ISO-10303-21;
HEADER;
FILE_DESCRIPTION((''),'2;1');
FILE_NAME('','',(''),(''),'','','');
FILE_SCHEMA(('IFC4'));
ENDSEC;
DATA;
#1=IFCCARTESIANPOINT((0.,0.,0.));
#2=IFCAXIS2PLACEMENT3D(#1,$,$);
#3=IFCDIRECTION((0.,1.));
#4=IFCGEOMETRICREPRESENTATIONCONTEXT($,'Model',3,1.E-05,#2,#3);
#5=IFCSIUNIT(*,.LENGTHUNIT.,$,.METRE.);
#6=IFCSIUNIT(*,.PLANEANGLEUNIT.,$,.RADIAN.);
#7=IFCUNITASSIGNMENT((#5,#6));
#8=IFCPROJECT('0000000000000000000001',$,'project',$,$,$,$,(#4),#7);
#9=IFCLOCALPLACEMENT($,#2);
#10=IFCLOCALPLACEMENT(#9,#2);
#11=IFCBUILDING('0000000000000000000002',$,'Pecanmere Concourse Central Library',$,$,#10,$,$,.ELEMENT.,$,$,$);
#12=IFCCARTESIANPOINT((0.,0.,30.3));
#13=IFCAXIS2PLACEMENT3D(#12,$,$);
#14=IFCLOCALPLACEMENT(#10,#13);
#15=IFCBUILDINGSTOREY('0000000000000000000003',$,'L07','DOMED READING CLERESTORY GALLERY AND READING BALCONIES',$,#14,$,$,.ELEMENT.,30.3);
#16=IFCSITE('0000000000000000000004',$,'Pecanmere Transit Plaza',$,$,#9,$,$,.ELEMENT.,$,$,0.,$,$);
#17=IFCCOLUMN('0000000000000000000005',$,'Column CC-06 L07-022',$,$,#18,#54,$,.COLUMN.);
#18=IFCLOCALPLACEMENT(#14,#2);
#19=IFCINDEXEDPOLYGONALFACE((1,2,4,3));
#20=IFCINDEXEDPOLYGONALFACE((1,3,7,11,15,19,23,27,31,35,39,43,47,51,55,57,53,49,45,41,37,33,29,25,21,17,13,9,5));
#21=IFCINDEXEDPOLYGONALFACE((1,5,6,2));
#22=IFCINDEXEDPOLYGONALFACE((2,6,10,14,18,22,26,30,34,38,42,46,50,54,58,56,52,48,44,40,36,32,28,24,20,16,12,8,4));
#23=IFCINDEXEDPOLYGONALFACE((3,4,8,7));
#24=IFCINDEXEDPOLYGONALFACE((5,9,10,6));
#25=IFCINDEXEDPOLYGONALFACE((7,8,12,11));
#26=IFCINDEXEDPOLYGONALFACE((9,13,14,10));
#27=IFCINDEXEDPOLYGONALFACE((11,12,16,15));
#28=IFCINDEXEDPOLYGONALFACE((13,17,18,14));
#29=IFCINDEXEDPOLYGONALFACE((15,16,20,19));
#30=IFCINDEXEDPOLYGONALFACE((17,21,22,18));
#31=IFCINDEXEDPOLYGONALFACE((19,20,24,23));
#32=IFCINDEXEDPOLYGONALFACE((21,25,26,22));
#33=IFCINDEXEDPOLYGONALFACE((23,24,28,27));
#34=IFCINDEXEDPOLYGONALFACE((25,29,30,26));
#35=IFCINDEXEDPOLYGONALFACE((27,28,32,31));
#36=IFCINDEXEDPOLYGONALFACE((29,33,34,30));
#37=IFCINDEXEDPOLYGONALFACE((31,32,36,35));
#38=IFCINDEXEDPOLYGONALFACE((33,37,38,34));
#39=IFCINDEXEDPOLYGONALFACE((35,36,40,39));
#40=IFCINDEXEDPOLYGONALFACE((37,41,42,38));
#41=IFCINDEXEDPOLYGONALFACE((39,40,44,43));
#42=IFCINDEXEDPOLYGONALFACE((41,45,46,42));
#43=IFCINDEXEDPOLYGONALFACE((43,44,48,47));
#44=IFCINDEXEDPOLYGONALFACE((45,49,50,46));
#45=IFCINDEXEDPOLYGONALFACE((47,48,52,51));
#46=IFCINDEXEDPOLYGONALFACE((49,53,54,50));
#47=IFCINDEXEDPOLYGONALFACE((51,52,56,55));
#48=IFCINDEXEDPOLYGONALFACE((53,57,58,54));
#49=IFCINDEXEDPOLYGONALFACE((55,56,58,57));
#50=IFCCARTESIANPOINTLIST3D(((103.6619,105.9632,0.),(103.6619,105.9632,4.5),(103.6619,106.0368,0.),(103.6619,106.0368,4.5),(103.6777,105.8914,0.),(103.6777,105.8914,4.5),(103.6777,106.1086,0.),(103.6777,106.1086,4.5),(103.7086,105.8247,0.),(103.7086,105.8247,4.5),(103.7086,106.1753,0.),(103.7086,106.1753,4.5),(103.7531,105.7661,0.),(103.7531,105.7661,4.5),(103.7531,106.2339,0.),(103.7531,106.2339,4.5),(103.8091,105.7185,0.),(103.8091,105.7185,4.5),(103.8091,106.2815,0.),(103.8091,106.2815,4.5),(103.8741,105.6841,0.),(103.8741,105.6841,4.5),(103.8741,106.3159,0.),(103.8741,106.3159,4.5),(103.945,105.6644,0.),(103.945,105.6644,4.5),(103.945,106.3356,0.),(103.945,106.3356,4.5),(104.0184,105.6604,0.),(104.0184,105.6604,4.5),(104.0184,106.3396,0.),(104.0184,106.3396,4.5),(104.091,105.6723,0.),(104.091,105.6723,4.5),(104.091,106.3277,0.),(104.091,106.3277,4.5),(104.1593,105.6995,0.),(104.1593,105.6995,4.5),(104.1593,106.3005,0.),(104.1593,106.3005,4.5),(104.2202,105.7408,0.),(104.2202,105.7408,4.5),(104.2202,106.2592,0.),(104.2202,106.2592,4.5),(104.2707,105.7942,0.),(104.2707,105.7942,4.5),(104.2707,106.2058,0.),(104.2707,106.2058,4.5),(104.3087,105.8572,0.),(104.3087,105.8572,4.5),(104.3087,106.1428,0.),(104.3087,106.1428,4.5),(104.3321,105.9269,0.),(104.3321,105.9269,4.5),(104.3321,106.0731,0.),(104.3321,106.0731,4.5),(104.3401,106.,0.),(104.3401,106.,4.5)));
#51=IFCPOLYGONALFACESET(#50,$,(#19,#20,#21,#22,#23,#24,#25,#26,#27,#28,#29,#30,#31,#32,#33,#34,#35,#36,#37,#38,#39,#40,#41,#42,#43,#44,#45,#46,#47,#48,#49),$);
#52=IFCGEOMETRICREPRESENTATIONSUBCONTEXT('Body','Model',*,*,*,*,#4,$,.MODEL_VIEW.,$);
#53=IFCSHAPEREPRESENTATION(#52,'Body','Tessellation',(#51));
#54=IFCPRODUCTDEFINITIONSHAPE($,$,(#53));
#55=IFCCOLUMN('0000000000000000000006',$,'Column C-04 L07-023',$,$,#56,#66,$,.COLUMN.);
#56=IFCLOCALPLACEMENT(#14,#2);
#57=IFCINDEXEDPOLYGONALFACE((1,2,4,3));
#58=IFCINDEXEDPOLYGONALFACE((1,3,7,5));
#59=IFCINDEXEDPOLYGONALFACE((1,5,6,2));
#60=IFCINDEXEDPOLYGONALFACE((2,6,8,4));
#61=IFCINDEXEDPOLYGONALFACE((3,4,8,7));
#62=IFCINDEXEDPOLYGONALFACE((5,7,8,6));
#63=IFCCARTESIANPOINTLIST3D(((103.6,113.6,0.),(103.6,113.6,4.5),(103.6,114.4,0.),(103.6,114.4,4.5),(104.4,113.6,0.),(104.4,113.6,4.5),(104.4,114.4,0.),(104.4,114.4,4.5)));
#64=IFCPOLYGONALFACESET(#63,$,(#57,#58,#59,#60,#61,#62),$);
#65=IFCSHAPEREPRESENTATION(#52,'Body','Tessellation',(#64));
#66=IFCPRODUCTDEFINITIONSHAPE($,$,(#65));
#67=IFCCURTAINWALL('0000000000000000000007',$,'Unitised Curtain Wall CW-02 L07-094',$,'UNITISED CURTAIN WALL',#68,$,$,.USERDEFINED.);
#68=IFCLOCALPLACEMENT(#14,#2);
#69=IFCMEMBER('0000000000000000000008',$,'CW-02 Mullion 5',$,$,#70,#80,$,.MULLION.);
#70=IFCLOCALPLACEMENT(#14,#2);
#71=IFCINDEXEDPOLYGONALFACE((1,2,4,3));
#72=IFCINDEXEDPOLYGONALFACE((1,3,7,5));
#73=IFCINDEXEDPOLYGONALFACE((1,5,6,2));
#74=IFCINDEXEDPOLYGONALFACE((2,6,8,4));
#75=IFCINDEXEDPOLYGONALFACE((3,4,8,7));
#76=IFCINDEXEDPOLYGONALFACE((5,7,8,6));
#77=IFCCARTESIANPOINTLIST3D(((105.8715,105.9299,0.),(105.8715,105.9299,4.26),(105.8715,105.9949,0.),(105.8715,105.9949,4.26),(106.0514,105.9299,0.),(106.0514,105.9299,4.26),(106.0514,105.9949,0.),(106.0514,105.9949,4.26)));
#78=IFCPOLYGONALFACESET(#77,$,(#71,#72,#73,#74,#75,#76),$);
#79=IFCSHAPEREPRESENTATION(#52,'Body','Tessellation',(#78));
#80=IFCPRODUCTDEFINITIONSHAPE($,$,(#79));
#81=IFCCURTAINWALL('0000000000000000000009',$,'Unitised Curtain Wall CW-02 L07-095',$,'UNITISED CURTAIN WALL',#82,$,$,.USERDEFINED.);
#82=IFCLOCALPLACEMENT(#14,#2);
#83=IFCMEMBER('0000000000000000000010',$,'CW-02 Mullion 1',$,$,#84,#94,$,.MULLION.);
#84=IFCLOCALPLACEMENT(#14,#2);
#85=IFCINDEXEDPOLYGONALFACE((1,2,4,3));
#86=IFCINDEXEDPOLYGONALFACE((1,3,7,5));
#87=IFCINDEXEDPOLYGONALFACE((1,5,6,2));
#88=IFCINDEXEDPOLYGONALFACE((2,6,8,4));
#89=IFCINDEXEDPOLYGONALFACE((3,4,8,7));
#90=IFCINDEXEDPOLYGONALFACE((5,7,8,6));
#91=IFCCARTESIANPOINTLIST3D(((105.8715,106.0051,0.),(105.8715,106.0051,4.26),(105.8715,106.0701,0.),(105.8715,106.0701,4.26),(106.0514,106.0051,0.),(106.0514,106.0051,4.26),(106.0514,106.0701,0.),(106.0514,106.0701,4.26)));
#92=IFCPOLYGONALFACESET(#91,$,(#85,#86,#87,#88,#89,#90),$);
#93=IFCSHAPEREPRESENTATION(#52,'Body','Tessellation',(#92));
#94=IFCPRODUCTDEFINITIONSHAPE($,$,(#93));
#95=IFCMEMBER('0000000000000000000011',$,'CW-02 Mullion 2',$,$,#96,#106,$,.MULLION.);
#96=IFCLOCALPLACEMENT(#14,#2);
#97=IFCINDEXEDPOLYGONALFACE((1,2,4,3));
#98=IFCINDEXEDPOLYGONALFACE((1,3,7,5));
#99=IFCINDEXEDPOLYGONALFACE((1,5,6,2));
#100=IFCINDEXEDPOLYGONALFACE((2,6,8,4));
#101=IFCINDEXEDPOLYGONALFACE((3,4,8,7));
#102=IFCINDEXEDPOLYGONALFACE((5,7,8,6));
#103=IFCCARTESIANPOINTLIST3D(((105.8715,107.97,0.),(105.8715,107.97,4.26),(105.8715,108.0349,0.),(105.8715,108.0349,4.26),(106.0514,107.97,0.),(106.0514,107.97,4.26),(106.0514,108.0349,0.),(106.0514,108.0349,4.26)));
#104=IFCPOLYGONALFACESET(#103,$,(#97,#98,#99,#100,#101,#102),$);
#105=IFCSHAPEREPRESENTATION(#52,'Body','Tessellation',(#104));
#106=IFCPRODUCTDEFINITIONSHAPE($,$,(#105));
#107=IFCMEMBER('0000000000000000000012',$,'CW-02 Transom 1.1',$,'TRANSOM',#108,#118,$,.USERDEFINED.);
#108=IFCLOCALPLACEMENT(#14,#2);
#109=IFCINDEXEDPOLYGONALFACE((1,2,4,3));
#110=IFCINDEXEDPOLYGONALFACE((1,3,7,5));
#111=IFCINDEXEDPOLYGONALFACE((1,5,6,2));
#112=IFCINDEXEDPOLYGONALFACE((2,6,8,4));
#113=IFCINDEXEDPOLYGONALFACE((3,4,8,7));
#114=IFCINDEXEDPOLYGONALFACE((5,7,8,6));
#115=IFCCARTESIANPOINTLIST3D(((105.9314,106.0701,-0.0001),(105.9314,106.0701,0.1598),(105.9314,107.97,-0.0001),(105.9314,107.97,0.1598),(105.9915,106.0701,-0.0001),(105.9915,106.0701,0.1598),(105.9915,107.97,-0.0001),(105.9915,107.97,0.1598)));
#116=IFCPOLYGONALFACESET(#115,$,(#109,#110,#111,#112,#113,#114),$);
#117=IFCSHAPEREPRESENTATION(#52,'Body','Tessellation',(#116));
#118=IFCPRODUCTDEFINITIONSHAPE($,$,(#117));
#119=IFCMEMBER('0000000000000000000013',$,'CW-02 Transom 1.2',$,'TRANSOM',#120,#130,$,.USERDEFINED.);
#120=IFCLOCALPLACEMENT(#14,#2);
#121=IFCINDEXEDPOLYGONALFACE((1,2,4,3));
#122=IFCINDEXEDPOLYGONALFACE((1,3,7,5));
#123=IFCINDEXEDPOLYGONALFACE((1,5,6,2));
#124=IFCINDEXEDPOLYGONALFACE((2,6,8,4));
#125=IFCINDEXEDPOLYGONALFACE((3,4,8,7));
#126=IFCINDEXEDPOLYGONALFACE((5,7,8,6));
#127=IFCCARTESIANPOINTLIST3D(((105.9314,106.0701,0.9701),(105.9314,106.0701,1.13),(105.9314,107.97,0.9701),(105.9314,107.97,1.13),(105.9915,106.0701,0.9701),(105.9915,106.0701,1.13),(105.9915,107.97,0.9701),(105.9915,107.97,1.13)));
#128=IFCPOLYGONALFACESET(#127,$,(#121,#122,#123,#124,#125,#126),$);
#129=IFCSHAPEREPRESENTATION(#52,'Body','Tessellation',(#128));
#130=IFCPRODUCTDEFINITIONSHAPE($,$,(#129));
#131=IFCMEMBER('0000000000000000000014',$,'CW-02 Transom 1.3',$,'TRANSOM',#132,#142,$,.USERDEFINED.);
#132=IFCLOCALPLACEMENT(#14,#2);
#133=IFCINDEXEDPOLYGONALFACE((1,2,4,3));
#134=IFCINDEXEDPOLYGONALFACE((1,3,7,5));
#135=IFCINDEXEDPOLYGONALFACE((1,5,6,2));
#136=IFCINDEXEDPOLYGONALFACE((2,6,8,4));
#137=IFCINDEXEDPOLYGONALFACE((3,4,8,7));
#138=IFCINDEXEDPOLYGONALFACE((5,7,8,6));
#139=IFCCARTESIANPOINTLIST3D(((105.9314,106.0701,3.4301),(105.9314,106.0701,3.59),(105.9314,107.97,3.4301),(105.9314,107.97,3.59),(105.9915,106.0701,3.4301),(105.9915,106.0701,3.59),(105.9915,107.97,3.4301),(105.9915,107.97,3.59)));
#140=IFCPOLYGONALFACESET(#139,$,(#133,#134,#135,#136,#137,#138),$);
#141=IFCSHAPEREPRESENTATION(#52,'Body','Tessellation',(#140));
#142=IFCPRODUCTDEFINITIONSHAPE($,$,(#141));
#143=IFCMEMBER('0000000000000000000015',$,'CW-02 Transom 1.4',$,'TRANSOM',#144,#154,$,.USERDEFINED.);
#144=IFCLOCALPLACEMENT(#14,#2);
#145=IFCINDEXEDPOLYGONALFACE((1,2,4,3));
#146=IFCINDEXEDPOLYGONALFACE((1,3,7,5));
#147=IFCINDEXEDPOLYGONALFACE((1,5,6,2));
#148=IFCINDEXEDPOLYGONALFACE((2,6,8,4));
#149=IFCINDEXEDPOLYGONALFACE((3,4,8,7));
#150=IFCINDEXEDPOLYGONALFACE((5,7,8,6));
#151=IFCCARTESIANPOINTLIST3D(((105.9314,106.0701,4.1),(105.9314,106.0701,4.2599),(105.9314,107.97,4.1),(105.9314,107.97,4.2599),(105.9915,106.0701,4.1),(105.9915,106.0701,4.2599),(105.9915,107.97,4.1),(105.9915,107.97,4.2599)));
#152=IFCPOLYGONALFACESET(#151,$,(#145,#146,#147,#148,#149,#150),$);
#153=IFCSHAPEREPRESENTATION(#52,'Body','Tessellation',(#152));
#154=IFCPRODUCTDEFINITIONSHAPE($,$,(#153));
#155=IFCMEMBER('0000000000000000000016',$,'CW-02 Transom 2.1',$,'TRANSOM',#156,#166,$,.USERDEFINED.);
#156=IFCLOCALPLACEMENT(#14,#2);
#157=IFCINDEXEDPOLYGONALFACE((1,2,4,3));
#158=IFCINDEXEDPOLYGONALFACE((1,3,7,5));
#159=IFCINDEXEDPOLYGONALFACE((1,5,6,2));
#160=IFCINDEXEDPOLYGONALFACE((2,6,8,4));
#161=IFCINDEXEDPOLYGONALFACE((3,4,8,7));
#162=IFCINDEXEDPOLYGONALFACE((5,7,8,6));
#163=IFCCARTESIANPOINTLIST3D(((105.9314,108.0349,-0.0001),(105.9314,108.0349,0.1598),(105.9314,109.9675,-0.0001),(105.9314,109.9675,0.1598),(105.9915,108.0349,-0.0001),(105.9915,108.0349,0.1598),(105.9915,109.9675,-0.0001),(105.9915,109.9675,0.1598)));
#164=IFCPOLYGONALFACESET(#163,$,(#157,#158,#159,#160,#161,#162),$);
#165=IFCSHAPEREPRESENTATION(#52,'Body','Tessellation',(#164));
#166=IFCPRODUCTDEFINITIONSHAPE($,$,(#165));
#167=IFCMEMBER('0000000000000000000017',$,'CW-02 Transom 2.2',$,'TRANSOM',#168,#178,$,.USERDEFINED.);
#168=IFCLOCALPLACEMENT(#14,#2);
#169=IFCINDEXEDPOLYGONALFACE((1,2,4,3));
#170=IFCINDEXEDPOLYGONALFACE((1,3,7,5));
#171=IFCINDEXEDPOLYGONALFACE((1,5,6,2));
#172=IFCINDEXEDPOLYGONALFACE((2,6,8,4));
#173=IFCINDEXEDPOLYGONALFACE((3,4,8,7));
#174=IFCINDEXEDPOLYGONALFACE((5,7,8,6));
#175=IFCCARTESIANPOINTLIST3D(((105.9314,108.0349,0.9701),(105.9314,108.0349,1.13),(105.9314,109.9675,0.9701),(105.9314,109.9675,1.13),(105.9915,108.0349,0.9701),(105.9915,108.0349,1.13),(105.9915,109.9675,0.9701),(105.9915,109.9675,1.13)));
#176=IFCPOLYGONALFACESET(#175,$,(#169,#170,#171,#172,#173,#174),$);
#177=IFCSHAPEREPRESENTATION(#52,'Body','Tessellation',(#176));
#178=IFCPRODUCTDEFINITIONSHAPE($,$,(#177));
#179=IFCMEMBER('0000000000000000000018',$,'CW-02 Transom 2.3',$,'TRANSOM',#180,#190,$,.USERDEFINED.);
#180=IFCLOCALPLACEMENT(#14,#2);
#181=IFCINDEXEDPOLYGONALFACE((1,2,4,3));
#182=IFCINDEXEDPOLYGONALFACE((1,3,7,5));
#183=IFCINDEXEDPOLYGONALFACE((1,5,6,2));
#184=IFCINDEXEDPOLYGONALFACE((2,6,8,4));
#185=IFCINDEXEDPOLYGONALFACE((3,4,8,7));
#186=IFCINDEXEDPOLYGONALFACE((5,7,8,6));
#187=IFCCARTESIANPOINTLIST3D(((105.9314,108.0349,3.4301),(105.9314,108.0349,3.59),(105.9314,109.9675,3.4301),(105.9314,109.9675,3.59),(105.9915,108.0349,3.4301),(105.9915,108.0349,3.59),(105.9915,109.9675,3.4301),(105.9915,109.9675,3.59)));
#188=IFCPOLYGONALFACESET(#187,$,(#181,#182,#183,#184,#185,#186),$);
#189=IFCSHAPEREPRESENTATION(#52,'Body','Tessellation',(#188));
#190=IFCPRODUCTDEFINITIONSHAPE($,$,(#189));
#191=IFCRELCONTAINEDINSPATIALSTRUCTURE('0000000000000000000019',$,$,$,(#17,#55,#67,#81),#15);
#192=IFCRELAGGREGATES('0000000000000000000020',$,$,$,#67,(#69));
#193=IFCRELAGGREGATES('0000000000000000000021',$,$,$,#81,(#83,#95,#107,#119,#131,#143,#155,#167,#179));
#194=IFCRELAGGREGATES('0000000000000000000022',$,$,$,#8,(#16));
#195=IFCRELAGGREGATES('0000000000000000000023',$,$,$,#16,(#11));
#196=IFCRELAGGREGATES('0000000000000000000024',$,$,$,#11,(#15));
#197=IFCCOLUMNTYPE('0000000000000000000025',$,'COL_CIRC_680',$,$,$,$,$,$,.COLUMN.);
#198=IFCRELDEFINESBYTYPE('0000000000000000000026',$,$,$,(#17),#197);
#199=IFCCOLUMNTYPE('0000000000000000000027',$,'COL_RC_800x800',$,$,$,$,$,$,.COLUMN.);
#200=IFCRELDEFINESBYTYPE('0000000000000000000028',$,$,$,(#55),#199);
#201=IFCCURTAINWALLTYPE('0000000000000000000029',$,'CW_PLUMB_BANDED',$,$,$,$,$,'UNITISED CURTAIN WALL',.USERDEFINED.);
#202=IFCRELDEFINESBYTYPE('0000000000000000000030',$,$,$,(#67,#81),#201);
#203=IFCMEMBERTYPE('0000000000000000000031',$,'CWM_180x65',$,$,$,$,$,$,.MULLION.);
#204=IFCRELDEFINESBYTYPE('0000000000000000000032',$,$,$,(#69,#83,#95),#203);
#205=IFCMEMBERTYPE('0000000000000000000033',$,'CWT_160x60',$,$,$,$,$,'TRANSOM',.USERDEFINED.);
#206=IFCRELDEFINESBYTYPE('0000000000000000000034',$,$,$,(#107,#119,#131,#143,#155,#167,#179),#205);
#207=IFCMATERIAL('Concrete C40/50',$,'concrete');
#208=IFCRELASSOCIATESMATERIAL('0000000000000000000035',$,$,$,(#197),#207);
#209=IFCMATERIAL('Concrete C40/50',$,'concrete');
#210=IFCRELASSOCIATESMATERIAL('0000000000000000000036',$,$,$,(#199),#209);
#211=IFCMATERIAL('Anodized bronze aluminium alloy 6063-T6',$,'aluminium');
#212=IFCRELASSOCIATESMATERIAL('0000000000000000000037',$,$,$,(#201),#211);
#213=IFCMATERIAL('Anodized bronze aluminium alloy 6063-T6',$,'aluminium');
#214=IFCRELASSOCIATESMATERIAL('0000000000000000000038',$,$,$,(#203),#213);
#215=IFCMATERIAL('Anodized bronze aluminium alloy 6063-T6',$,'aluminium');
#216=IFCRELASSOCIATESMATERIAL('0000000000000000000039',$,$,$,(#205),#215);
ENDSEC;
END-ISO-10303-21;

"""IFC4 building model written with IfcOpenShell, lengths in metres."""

from ifc_helpers import new_model, si_unit, direction, frame, origin, origin_2d, place, context, subcontext, project, spatial, rectangle, circle, extrude, material, material_profile, profile_set, type_object, element, aggregate, save


model = new_model("IFC4")

# Units and contexts
model_context = context("Model", 3, precision=1e-05, world=origin(), true_north=direction((0.0, 1.0)))
body_context = subcontext(model_context, "Body", "Model", "MODEL_VIEW")
ifc_project = project(units=[si_unit("LENGTHUNIT", "METRE"), si_unit("PLANEANGLEUNIT", "RADIAN")], contexts=[model_context])

# Site, building, storey
site_placement = place(None, origin())
site = spatial("IfcSite", under=ifc_project, at=site_placement, Name="Pecanmere Transit Plaza", CompositionType="ELEMENT", RefElevation=0.0)
building_placement = place(site_placement, origin())
building = spatial("IfcBuilding", under=site, at=building_placement, Name="Pecanmere Concourse Central Library", CompositionType="ELEMENT")
storey_placement = place(building_placement, frame((0.0, 0.0, 30.3)))
storey = spatial("IfcBuildingStorey", under=building, at=storey_placement, Name="L07", Description="DOMED READING CLERESTORY GALLERY AND READING BALCONIES", CompositionType="ELEMENT", Elevation=30.3)

# Columns
ifc_material_1 = material(Name="Concrete C40/50", Category="concrete")
ifc_material_profile_1 = material_profile(ifc_material_1, circle(Radius=0.3401, at=origin_2d()), Name="RC D680")
ifc_profile_set_1 = profile_set([ifc_material_profile_1], Name="Concrete C40/50")
column_type_1 = type_object("IfcColumnType", Name="COL_CIRC_680", PredefinedType="COLUMN", material=ifc_profile_set_1)
column_1_placement = place(storey_placement, frame((104.0, 106.0, 0.0), z_axis=(0.0, 0.0, 1.0), x_axis=(1.0, 0.0, 0.0)))
element("IfcColumn", 1, at=column_1_placement, inside=storey, type_object=column_type_1, Name="Column CC-06 L07-022", PredefinedType="COLUMN", context=body_context, shape_type="SweptSolid", body=[
    extrude(circle(Radius=0.3401, at=origin_2d()), origin(), (0.0, 0.0, 1.0), 4.5),
])
ifc_material_2 = material(Name="Concrete C40/50", Category="concrete")
ifc_material_profile_2 = material_profile(ifc_material_2, rectangle(XDim=0.8, YDim=0.8, at=origin_2d()), Name="RC 800x800")
ifc_profile_set_2 = profile_set([ifc_material_profile_2], Name="Concrete C40/50")
column_type_2 = type_object("IfcColumnType", Name="COL_RC_800x800", PredefinedType="COLUMN", material=ifc_profile_set_2)
column_2_placement = place(storey_placement, frame((104.0, 114.0, 0.0), z_axis=(0.0, 0.0, 1.0), x_axis=(1.0, 0.0, 0.0)))
element("IfcColumn", 2, at=column_2_placement, inside=storey, type_object=column_type_2, Name="Column C-04 L07-023", PredefinedType="COLUMN", context=body_context, shape_type="SweptSolid", body=[
    extrude(rectangle(XDim=0.8, YDim=0.8, at=origin_2d()), origin(), (0.0, 0.0, 1.0), 4.5),
])

# Curtain wall, member
ifc_material_3 = material(Name="Anodized bronze aluminium alloy 6063-T6", Category="aluminium")
curtain_wall_type = type_object("IfcCurtainWallType", Name="CW_PLUMB_BANDED", ElementType="UNITISED CURTAIN WALL", PredefinedType="USERDEFINED", material=ifc_material_3)
curtain_wall_1_placement = place(storey_placement, origin())
curtain_wall_1 = element("IfcCurtainWall", 3, at=curtain_wall_1_placement, inside=storey, type_object=curtain_wall_type, Name="Unitised Curtain Wall CW-02 L07-094", ObjectType="UNITISED CURTAIN WALL", PredefinedType="USERDEFINED")
ifc_material_4 = material(Name="Anodized bronze aluminium alloy 6063-T6", Category="aluminium")
ifc_material_profile_3 = material_profile(ifc_material_4, rectangle(XDim=0.0649, YDim=0.1799, at=origin_2d()), Name="AL 65x180")
ifc_profile_set_3 = profile_set([ifc_material_profile_3], Name="Anodized bronze aluminium alloy 6063-T6")
member_type_1 = type_object("IfcMemberType", Name="CWM_180x65", PredefinedType="MULLION", material=ifc_profile_set_3)
member_1_placement = place(storey_placement, frame((105.9614, 105.9624, 0.0), z_axis=(0.0, 0.0, 1.0), x_axis=(0.0, 1.0, 0.0)))
member_1 = element("IfcMember", 4, at=member_1_placement, type_object=member_type_1, Name="CW-02 Mullion 5", PredefinedType="MULLION", context=body_context, shape_type="SweptSolid", body=[
    extrude(rectangle(XDim=0.0649, YDim=0.1799, at=origin_2d()), origin(), (0.0, 0.0, 1.0), 4.26),
])
aggregate(curtain_wall_1, [member_1])

# Curtain wall, members
curtain_wall_2_placement = place(storey_placement, origin())
curtain_wall_2 = element("IfcCurtainWall", 5, at=curtain_wall_2_placement, inside=storey, type_object=curtain_wall_type, Name="Unitised Curtain Wall CW-02 L07-095", ObjectType="UNITISED CURTAIN WALL", PredefinedType="USERDEFINED")
member_2_placement = place(storey_placement, frame((105.9614, 106.0376, 0.0), z_axis=(0.0, 0.0, 1.0), x_axis=(0.0, 1.0, 0.0)))
member_2 = element("IfcMember", 6, at=member_2_placement, type_object=member_type_1, Name="CW-02 Mullion 1", PredefinedType="MULLION", context=body_context, shape_type="SweptSolid", body=[
    extrude(rectangle(XDim=0.0649, YDim=0.1799, at=origin_2d()), origin(), (0.0, 0.0, 1.0), 4.26),
])
member_3_placement = place(storey_placement, frame((105.9614, 108.0024, 0.0), z_axis=(0.0, 0.0, 1.0), x_axis=(0.0, 1.0, 0.0)))
member_3 = element("IfcMember", 7, at=member_3_placement, type_object=member_type_1, Name="CW-02 Mullion 2", PredefinedType="MULLION", context=body_context, shape_type="SweptSolid", body=[
    extrude(rectangle(XDim=0.0649, YDim=0.1799, at=origin_2d()), origin(), (0.0, 0.0, 1.0), 4.26),
])
ifc_material_5 = material(Name="Anodized bronze aluminium alloy 6063-T6", Category="aluminium")
ifc_material_profile_4 = material_profile(ifc_material_5, rectangle(XDim=0.0601, YDim=0.1599, at=origin_2d()), Name="AL 60x160")
ifc_profile_set_4 = profile_set([ifc_material_profile_4], Name="Anodized bronze aluminium alloy 6063-T6")
member_type_2 = type_object("IfcMemberType", Name="CWT_160x60", ElementType="TRANSOM", PredefinedType="USERDEFINED", material=ifc_profile_set_4)
member_4_placement = place(storey_placement, frame((105.9614, 106.0701, 0.0798), z_axis=(0.0, 1.0, 0.0), x_axis=(-1.0, 0.0, 0.0)))
member_4 = element("IfcMember", 8, at=member_4_placement, type_object=member_type_2, Name="CW-02 Transom 1.1", ObjectType="TRANSOM", PredefinedType="USERDEFINED", context=body_context, shape_type="SweptSolid", body=[
    extrude(rectangle(XDim=0.0601, YDim=0.1599, at=origin_2d()), origin(), (0.0, 0.0, 1.0), 1.8999),
])
member_5_placement = place(storey_placement, frame((105.9614, 106.0701, 1.05), z_axis=(0.0, 1.0, 0.0), x_axis=(-1.0, 0.0, 0.0)))
member_5 = element("IfcMember", 9, at=member_5_placement, type_object=member_type_2, Name="CW-02 Transom 1.2", ObjectType="TRANSOM", PredefinedType="USERDEFINED", context=body_context, shape_type="SweptSolid", body=[
    extrude(rectangle(XDim=0.0601, YDim=0.1599, at=origin_2d()), origin(), (0.0, 0.0, 1.0), 1.8999),
])
member_6_placement = place(storey_placement, frame((105.9614, 106.0701, 3.51), z_axis=(0.0, 1.0, 0.0), x_axis=(-1.0, 0.0, 0.0)))
member_6 = element("IfcMember", 10, at=member_6_placement, type_object=member_type_2, Name="CW-02 Transom 1.3", ObjectType="TRANSOM", PredefinedType="USERDEFINED", context=body_context, shape_type="SweptSolid", body=[
    extrude(rectangle(XDim=0.0601, YDim=0.1599, at=origin_2d()), origin(), (0.0, 0.0, 1.0), 1.8999),
])
member_7_placement = place(storey_placement, frame((105.9614, 106.0701, 4.1799), z_axis=(0.0, 1.0, 0.0), x_axis=(-1.0, 0.0, 0.0)))
member_7 = element("IfcMember", 11, at=member_7_placement, type_object=member_type_2, Name="CW-02 Transom 1.4", ObjectType="TRANSOM", PredefinedType="USERDEFINED", context=body_context, shape_type="SweptSolid", body=[
    extrude(rectangle(XDim=0.0601, YDim=0.1599, at=origin_2d()), origin(), (0.0, 0.0, 1.0), 1.8999),
])
member_8_placement = place(storey_placement, frame((105.9614, 108.0349, 0.0798), z_axis=(0.0, 1.0, 0.0), x_axis=(-1.0, 0.0, 0.0)))
member_8 = element("IfcMember", 12, at=member_8_placement, type_object=member_type_2, Name="CW-02 Transom 2.1", ObjectType="TRANSOM", PredefinedType="USERDEFINED", context=body_context, shape_type="SweptSolid", body=[
    extrude(rectangle(XDim=0.0601, YDim=0.1599, at=origin_2d()), origin(), (0.0, 0.0, 1.0), 1.9326),
])
member_9_placement = place(storey_placement, frame((105.9614, 108.0349, 1.05), z_axis=(0.0, 1.0, 0.0), x_axis=(-1.0, 0.0, 0.0)))
member_9 = element("IfcMember", 13, at=member_9_placement, type_object=member_type_2, Name="CW-02 Transom 2.2", ObjectType="TRANSOM", PredefinedType="USERDEFINED", context=body_context, shape_type="SweptSolid", body=[
    extrude(rectangle(XDim=0.0601, YDim=0.1599, at=origin_2d()), origin(), (0.0, 0.0, 1.0), 1.9326),
])
member_10_placement = place(storey_placement, frame((105.9614, 108.0349, 3.51), z_axis=(0.0, 1.0, 0.0), x_axis=(-1.0, 0.0, 0.0)))
member_10 = element("IfcMember", 14, at=member_10_placement, type_object=member_type_2, Name="CW-02 Transom 2.3", ObjectType="TRANSOM", PredefinedType="USERDEFINED", context=body_context, shape_type="SweptSolid", body=[
    extrude(rectangle(XDim=0.0601, YDim=0.1599, at=origin_2d()), origin(), (0.0, 0.0, 1.0), 1.9326),
])

aggregate(curtain_wall_2, [member_2, member_3, member_4, member_5, member_6, member_7, member_8, member_9, member_10])

save(model, "model.ifc")
